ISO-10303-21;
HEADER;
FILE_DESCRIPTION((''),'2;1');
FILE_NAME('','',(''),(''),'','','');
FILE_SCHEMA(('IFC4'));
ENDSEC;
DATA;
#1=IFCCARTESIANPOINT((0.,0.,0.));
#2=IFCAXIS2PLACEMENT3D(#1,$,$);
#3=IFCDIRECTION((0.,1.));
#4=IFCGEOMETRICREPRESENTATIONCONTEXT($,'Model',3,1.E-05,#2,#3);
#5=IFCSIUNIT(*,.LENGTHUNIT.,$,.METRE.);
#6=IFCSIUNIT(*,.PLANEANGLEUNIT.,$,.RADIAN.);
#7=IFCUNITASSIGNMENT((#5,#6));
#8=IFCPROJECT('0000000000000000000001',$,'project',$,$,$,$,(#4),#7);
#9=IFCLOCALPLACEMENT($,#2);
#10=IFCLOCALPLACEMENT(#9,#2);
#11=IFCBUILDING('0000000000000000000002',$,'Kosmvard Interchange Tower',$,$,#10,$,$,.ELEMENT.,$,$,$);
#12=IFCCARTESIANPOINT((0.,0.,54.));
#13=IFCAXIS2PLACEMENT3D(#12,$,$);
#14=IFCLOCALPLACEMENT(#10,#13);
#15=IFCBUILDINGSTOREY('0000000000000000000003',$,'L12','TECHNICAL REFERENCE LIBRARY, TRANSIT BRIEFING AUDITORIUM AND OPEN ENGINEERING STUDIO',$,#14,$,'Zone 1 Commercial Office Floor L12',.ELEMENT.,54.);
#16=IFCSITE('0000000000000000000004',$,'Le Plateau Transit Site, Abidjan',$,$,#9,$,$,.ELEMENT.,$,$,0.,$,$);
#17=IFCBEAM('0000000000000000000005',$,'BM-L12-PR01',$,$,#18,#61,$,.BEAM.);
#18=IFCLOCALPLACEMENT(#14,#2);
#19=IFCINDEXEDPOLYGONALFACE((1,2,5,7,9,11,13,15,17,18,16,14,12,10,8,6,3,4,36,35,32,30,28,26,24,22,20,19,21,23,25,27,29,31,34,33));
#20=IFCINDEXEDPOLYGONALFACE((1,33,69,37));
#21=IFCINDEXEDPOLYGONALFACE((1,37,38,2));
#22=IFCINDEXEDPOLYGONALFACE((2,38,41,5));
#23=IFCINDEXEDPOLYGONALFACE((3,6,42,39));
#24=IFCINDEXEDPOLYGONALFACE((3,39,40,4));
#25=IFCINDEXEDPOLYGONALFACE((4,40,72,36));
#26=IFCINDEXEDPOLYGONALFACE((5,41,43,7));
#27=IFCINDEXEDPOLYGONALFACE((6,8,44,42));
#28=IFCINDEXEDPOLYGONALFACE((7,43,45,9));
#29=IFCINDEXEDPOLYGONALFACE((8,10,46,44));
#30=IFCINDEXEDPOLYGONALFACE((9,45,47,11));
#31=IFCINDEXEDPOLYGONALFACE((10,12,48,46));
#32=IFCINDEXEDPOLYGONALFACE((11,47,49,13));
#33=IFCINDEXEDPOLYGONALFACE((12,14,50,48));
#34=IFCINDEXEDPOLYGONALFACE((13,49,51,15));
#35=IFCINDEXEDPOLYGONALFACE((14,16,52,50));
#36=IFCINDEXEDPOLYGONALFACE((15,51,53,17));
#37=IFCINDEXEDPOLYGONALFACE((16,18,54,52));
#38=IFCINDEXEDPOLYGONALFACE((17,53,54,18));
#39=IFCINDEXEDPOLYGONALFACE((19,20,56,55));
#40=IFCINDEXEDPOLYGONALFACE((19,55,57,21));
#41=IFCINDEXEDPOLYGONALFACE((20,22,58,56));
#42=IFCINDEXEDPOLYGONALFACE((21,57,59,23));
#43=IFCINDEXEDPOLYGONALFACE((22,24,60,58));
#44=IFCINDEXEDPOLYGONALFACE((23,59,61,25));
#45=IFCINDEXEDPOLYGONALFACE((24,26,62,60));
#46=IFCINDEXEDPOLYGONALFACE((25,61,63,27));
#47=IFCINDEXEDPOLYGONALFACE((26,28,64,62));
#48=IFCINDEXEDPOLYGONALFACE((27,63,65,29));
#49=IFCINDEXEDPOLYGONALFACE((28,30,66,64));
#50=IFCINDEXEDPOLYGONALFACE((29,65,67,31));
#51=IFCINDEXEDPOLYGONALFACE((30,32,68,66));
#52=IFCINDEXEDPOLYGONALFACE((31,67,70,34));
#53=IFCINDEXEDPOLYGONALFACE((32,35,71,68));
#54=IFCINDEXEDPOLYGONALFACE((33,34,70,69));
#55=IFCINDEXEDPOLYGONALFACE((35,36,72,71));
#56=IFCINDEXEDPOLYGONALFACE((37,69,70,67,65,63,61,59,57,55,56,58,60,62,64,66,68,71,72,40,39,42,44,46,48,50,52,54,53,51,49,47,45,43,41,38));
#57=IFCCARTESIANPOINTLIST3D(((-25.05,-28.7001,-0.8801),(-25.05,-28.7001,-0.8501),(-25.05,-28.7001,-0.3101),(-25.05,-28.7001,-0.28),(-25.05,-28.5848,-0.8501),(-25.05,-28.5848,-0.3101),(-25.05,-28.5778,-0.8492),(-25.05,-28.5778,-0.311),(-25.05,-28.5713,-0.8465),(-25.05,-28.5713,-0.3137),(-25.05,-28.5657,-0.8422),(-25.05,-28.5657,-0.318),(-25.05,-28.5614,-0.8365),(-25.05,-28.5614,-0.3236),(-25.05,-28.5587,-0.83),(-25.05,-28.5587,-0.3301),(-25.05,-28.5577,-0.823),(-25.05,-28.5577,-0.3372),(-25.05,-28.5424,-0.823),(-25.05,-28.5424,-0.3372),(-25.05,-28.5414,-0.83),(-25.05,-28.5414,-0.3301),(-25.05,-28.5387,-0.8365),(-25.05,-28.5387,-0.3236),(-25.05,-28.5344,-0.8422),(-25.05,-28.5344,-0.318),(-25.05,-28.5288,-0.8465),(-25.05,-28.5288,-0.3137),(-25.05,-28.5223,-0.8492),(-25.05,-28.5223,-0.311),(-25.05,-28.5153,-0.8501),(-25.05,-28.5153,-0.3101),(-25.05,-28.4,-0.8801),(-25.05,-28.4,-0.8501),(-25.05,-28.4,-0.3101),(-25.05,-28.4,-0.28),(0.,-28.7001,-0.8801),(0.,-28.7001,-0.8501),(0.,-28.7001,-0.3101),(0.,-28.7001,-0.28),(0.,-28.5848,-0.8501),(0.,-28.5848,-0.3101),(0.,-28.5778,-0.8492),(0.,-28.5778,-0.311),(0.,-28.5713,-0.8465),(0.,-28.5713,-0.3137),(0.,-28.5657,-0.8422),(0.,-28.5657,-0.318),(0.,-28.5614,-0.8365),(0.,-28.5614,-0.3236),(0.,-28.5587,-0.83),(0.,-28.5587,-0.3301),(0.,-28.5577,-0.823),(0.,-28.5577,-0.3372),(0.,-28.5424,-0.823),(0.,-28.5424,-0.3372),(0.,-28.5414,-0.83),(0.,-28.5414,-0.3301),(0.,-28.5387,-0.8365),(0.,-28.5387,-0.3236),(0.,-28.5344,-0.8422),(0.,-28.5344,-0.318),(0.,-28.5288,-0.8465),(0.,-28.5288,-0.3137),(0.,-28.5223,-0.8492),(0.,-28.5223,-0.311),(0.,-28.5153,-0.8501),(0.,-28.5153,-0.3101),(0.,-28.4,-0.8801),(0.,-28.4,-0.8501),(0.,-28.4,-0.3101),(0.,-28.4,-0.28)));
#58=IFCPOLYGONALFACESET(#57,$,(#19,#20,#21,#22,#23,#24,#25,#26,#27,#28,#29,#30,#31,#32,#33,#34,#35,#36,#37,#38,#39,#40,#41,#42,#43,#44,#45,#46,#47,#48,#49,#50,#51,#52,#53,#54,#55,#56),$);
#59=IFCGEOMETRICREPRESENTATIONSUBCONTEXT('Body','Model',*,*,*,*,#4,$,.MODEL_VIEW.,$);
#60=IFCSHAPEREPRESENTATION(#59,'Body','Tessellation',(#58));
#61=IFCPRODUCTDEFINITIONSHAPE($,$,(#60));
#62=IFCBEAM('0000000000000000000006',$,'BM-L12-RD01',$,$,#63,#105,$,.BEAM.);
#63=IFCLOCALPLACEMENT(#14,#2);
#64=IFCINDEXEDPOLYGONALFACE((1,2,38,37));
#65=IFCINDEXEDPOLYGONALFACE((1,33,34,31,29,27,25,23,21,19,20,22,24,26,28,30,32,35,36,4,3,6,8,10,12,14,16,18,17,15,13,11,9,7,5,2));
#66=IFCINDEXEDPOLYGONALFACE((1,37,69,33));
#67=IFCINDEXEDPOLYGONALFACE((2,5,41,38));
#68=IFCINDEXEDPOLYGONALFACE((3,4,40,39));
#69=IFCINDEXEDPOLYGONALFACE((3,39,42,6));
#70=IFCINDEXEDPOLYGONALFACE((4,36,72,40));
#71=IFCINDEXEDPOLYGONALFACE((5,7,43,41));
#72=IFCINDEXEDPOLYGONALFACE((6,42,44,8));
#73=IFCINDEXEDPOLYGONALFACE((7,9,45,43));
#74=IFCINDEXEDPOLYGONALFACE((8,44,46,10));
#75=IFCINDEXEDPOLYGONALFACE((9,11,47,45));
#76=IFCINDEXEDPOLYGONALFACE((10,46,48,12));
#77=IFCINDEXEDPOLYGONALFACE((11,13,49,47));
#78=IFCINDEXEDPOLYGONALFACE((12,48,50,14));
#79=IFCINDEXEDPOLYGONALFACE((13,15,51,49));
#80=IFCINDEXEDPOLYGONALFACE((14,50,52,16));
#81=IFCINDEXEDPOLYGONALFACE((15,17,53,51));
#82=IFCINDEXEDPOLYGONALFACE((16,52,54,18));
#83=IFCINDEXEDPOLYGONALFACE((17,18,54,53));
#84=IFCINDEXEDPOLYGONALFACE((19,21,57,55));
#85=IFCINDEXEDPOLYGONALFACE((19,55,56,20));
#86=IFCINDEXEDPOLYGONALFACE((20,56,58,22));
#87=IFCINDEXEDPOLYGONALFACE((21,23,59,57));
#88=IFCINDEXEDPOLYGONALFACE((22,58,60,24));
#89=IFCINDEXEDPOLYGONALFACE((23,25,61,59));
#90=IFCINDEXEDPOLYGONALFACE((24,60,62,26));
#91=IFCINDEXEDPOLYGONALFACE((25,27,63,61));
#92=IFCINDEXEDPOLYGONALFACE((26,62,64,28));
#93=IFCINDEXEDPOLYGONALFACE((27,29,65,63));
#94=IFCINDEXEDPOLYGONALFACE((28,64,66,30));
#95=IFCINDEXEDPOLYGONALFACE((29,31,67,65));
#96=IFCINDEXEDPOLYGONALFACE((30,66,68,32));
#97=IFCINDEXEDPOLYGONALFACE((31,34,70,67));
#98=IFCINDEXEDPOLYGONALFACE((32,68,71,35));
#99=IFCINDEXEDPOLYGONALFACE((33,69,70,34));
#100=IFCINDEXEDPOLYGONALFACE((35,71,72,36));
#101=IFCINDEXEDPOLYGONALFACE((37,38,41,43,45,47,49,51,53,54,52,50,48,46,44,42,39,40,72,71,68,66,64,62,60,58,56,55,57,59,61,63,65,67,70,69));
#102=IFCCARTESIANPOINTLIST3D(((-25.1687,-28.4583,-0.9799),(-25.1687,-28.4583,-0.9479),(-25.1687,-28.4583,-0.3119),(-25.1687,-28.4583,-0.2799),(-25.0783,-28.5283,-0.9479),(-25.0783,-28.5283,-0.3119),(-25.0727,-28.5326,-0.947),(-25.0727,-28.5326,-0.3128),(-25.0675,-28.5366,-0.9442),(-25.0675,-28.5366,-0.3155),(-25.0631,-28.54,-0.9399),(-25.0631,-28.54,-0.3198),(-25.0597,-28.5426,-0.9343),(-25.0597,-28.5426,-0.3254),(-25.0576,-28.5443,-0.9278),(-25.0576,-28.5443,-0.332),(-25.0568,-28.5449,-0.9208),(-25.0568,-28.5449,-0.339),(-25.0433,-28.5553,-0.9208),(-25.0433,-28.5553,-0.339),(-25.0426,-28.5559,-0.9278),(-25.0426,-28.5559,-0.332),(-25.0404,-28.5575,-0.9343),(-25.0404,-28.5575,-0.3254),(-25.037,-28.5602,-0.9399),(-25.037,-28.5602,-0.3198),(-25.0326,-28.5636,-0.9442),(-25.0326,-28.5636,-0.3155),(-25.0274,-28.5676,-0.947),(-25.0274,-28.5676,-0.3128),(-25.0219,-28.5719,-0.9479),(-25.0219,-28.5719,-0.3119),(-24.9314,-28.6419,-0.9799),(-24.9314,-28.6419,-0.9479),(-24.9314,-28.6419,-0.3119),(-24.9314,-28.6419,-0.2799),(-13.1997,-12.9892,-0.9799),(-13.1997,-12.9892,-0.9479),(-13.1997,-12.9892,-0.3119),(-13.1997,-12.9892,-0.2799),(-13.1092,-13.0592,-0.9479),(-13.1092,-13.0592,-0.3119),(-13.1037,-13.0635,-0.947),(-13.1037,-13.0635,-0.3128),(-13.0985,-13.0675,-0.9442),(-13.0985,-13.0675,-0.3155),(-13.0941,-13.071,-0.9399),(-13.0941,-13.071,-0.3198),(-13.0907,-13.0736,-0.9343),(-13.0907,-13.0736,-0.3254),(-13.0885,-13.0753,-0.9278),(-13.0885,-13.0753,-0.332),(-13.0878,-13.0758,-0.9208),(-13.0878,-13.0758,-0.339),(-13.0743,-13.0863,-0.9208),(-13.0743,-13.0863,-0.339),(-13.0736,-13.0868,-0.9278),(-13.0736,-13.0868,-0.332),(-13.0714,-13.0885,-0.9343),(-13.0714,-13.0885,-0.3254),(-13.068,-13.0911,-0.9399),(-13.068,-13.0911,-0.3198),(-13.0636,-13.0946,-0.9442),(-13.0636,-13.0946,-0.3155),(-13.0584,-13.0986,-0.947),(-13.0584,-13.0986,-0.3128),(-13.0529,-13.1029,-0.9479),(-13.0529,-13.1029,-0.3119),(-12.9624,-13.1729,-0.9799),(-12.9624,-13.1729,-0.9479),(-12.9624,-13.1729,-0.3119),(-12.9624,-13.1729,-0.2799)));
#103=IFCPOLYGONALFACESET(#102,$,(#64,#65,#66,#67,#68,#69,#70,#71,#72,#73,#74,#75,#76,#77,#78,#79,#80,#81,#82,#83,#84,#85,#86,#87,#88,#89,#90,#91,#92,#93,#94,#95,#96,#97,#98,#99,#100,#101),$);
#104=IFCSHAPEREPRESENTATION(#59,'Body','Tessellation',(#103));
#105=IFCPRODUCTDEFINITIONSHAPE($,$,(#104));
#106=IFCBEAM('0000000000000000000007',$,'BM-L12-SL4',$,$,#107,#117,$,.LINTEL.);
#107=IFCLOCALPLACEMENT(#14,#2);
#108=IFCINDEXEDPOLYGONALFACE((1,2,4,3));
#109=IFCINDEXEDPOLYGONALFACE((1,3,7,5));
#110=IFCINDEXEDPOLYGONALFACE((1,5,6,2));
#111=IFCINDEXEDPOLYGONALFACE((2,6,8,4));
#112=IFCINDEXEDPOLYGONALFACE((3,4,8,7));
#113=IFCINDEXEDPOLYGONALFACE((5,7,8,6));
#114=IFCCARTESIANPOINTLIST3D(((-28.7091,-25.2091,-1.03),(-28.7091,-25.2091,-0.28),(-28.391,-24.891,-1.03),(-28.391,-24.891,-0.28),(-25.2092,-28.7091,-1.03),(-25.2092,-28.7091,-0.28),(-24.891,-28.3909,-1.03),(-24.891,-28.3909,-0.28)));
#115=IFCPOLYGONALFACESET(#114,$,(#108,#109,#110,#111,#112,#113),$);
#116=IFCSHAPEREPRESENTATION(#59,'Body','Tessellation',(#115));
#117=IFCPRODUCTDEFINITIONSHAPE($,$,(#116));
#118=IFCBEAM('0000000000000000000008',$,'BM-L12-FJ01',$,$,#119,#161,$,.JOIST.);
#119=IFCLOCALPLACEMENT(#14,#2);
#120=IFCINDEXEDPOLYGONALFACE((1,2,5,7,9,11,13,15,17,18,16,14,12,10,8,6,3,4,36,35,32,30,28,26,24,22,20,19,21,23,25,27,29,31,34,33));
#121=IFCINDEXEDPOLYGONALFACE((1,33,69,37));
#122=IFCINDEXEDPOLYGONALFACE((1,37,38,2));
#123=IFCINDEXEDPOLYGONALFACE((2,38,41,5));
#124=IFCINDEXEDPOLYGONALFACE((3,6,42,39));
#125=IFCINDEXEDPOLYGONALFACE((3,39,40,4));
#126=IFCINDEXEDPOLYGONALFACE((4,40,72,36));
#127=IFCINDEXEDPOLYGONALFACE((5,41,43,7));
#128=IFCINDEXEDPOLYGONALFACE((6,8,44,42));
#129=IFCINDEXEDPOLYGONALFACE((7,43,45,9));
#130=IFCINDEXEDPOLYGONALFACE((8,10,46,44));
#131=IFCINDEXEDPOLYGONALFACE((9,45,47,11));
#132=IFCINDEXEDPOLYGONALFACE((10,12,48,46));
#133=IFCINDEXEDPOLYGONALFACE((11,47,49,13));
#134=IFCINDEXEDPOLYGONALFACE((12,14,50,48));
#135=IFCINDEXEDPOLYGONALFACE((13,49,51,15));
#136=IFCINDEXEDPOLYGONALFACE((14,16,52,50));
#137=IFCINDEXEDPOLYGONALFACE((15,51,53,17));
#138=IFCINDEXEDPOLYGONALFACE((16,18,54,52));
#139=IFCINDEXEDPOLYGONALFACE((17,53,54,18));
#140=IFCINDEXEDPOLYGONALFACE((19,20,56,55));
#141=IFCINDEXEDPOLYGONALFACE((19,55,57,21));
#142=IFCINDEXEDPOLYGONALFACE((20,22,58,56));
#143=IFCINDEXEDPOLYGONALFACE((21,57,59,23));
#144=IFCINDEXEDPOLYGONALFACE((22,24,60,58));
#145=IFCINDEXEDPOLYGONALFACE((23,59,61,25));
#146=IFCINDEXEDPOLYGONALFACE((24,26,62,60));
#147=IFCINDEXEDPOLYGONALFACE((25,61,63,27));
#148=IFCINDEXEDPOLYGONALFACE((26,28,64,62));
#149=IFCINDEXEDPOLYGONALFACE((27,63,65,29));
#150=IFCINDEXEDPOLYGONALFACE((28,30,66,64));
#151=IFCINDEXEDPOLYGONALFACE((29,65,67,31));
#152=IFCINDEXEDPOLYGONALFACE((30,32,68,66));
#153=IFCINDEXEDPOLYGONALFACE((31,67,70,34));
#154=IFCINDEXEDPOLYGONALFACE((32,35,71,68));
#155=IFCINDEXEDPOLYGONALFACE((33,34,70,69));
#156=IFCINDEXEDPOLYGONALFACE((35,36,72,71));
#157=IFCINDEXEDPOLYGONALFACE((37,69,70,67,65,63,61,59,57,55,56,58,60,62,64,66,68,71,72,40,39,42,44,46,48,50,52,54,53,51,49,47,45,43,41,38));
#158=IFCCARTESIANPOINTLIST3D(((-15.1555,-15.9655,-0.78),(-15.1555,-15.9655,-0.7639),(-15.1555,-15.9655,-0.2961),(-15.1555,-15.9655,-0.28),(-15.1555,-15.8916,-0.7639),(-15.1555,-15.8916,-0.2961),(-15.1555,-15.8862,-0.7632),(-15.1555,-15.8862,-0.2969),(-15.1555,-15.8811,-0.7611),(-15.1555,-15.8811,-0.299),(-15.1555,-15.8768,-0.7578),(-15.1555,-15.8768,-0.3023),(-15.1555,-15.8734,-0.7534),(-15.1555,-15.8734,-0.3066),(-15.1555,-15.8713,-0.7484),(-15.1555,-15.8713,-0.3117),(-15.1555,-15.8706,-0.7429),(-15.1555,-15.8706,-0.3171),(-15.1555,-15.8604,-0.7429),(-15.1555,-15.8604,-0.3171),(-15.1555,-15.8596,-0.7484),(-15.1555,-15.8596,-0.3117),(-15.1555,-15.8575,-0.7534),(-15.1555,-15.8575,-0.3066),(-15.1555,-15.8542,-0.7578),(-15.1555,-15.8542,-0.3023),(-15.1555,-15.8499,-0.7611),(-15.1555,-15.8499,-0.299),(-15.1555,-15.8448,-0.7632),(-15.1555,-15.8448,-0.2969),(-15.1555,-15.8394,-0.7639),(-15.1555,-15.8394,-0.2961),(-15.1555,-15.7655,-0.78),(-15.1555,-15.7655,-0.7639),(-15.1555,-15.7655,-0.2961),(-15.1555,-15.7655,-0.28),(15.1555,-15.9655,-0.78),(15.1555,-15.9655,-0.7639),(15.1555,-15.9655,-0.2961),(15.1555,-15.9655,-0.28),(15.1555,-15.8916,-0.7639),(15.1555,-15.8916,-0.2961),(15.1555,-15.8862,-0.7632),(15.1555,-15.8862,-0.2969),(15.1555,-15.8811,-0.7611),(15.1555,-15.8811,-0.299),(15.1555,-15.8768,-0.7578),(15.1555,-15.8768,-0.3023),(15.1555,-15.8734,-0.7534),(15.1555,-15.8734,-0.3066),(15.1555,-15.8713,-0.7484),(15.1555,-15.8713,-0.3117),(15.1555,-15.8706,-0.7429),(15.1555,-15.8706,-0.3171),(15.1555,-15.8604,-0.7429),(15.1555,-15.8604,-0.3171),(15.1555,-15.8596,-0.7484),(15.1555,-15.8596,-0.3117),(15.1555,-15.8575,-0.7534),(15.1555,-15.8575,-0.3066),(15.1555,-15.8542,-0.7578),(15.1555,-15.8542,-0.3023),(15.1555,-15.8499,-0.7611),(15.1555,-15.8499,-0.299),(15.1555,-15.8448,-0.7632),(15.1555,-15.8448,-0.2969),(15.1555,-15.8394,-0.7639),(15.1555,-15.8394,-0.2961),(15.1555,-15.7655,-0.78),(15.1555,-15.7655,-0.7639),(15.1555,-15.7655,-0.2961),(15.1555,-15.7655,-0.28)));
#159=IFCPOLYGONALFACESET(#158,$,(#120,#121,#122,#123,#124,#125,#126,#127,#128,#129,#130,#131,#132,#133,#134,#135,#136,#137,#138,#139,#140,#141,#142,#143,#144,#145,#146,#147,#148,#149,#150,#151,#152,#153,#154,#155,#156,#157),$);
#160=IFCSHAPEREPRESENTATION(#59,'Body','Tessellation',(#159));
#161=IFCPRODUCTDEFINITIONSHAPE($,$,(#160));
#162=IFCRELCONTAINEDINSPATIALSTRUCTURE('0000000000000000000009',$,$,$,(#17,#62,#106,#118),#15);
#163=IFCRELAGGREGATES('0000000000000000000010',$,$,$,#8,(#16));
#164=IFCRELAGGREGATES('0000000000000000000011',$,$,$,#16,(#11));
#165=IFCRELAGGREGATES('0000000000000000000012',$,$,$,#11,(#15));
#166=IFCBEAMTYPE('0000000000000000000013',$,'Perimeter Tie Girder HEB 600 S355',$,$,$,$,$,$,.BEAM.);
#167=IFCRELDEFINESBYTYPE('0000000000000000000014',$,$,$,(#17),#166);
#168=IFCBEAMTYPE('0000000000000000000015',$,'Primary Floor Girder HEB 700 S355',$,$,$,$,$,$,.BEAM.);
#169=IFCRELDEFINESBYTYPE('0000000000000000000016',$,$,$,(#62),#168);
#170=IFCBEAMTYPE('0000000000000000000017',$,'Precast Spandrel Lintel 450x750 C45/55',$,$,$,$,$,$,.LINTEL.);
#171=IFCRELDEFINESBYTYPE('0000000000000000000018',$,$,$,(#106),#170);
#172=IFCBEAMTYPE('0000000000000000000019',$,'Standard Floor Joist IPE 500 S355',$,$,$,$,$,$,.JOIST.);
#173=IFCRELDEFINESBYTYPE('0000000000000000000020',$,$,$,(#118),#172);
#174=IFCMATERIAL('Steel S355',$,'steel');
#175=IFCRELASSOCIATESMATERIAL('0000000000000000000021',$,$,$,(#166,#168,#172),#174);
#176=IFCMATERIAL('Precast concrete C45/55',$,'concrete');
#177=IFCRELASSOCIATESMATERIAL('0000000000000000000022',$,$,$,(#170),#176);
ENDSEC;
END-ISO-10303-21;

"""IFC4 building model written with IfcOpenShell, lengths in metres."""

from ifc_helpers import new_model, si_unit, direction, frame, origin, origin_2d, place, context, subcontext, project, spatial, rectangle, i_section, extrude, source, transform, mapped, material, material_profile, profile_set, type_object, element, save


model = new_model("IFC4")

# Units and contexts
model_context = context("Model", 3, precision=1e-05, world=origin(), true_north=direction((0.0, 1.0)))
body_context = subcontext(model_context, "Body", "Model", "MODEL_VIEW")
ifc_project = project(units=[si_unit("LENGTHUNIT", "METRE"), si_unit("PLANEANGLEUNIT", "RADIAN")], contexts=[model_context])

# Site, building, storey
site_placement = place(None, origin())
site = spatial("IfcSite", under=ifc_project, at=site_placement, Name="Le Plateau Transit Site, Abidjan", CompositionType="ELEMENT", RefElevation=0.0)
building_placement = place(site_placement, origin())
building = spatial("IfcBuilding", under=site, at=building_placement, Name="Kosmvard Interchange Tower", CompositionType="ELEMENT")
storey_placement = place(building_placement, frame((0.0, 0.0, 54.0)))
storey = spatial("IfcBuildingStorey", under=building, at=storey_placement, Name="L12", Description="TECHNICAL REFERENCE LIBRARY, TRANSIT BRIEFING AUDITORIUM AND OPEN ENGINEERING STUDIO", LongName="Zone 1 Commercial Office Floor L12", CompositionType="ELEMENT", Elevation=54.0)

# Beams
ifc_material_1 = material(Name="Steel S355", Category="steel")
ifc_material_profile_1 = material_profile(ifc_material_1, i_section(OverallWidth=0.3, OverallDepth=0.6001, WebThickness=0.0154, FlangeThickness=0.03, FilletRadius=0.0271, at=origin_2d()), Name="HEB 600")
ifc_profile_set_1 = profile_set([ifc_material_profile_1], Name="Steel S355")
beam_type_1 = type_object("IfcBeamType", Name="Perimeter Tie Girder HEB 600 S355", PredefinedType="BEAM", material=ifc_profile_set_1)
shared_shape_1 = source(origin(), body_context, "Body", "SweptSolid", [
    extrude(i_section(OverallWidth=0.3, OverallDepth=0.6001, WebThickness=0.0154, FlangeThickness=0.03, FilletRadius=0.0271, at=origin_2d()), origin(), (0.0, 0.0, 1.0), 25.05),
])
beam_1_placement = place(storey_placement, frame((-25.05, -28.55, -0.5801), z_axis=(1.0, 0.0, 0.0), x_axis=(0.0, 1.0, 0.0)))
element("IfcBeam", 1, at=beam_1_placement, inside=storey, type_object=beam_type_1, Name="BM-L12-PR01", PredefinedType="BEAM", context=body_context, shape_type="MappedRepresentation", body=[
    mapped(shared_shape_1, transform((0.0, 0.0, 0.0), scale=1.0)),
])
ifc_material_profile_2 = material_profile(ifc_material_1, i_section(OverallWidth=0.3, OverallDepth=0.7, WebThickness=0.0171, FlangeThickness=0.032, FilletRadius=0.0271, at=origin_2d()), Name="HEB 700")
ifc_profile_set_2 = profile_set([ifc_material_profile_2], Name="Steel S355")
beam_type_2 = type_object("IfcBeamType", Name="Primary Floor Girder HEB 700 S355", PredefinedType="BEAM", material=ifc_profile_set_2)
shared_shape_2 = source(origin(), body_context, "Body", "SweptSolid", [
    extrude(i_section(OverallWidth=0.3, OverallDepth=0.7, WebThickness=0.0171, FlangeThickness=0.032, FilletRadius=0.0271, at=origin_2d()), origin(), (0.0, 0.0, 1.0), 19.5588),
])
beam_2_placement = place(storey_placement, frame((-13.0811, -13.0811, -0.6299), z_axis=(-0.611949, -0.790897, 0.0), x_axis=(0.790897, -0.611949, 0.0)))
element("IfcBeam", 2, at=beam_2_placement, inside=storey, type_object=beam_type_2, Name="BM-L12-RD01", PredefinedType="BEAM", context=body_context, shape_type="MappedRepresentation", body=[
    mapped(shared_shape_2, transform((0.0, 0.0, 0.0), scale=1.0)),
])
ifc_material_2 = material(Name="Precast concrete C45/55", Category="concrete")
ifc_material_profile_3 = material_profile(ifc_material_2, rectangle(XDim=0.45, YDim=0.75, at=origin_2d()), Name="SL 450x750")
ifc_profile_set_3 = profile_set([ifc_material_profile_3], Name="Precast concrete C45/55")
beam_type_3 = type_object("IfcBeamType", Name="Precast Spandrel Lintel 450x750 C45/55", PredefinedType="LINTEL", material=ifc_profile_set_3)
shared_shape_3 = source(origin(), body_context, "Body", "SweptSolid", [
    extrude(rectangle(XDim=0.45, YDim=0.75, at=origin_2d()), origin(), (0.0, 0.0, 1.0), 4.9497),
])
beam_3_placement = place(storey_placement, frame((-28.55, -25.05, -0.655), z_axis=(0.707107, -0.707107, 0.0), x_axis=(0.707107, 0.707107, 0.0)))
element("IfcBeam", 3, at=beam_3_placement, inside=storey, type_object=beam_type_3, Name="BM-L12-SL4", PredefinedType="LINTEL", context=body_context, shape_type="MappedRepresentation", body=[
    mapped(shared_shape_3, transform((0.0, 0.0, 0.0), scale=1.0)),
])
ifc_material_profile_4 = material_profile(ifc_material_1, i_section(OverallWidth=0.2, OverallDepth=0.5, WebThickness=0.0103, FlangeThickness=0.0161, FilletRadius=0.021, at=origin_2d()), Name="IPE 500")
ifc_profile_set_4 = profile_set([ifc_material_profile_4], Name="Steel S355")
beam_type_4 = type_object("IfcBeamType", Name="Standard Floor Joist IPE 500 S355", PredefinedType="JOIST", material=ifc_profile_set_4)
shared_shape_4 = source(origin(), body_context, "Body", "SweptSolid", [
    extrude(i_section(OverallWidth=0.2, OverallDepth=0.5, WebThickness=0.0103, FlangeThickness=0.0161, FilletRadius=0.021, at=origin_2d()), origin(), (0.0, 0.0, 1.0), 30.311),
])
beam_4_placement = place(storey_placement, frame((-15.1555, -15.8655, -0.53), z_axis=(1.0, 0.0, 0.0), x_axis=(0.0, 1.0, 0.0)))
element("IfcBeam", 4, at=beam_4_placement, inside=storey, type_object=beam_type_4, Name="BM-L12-FJ01", PredefinedType="JOIST", context=body_context, shape_type="MappedRepresentation", body=[
    mapped(shared_shape_4, transform((0.0, 0.0, 0.0), scale=1.0)),
])

save(model, "model.ifc")
